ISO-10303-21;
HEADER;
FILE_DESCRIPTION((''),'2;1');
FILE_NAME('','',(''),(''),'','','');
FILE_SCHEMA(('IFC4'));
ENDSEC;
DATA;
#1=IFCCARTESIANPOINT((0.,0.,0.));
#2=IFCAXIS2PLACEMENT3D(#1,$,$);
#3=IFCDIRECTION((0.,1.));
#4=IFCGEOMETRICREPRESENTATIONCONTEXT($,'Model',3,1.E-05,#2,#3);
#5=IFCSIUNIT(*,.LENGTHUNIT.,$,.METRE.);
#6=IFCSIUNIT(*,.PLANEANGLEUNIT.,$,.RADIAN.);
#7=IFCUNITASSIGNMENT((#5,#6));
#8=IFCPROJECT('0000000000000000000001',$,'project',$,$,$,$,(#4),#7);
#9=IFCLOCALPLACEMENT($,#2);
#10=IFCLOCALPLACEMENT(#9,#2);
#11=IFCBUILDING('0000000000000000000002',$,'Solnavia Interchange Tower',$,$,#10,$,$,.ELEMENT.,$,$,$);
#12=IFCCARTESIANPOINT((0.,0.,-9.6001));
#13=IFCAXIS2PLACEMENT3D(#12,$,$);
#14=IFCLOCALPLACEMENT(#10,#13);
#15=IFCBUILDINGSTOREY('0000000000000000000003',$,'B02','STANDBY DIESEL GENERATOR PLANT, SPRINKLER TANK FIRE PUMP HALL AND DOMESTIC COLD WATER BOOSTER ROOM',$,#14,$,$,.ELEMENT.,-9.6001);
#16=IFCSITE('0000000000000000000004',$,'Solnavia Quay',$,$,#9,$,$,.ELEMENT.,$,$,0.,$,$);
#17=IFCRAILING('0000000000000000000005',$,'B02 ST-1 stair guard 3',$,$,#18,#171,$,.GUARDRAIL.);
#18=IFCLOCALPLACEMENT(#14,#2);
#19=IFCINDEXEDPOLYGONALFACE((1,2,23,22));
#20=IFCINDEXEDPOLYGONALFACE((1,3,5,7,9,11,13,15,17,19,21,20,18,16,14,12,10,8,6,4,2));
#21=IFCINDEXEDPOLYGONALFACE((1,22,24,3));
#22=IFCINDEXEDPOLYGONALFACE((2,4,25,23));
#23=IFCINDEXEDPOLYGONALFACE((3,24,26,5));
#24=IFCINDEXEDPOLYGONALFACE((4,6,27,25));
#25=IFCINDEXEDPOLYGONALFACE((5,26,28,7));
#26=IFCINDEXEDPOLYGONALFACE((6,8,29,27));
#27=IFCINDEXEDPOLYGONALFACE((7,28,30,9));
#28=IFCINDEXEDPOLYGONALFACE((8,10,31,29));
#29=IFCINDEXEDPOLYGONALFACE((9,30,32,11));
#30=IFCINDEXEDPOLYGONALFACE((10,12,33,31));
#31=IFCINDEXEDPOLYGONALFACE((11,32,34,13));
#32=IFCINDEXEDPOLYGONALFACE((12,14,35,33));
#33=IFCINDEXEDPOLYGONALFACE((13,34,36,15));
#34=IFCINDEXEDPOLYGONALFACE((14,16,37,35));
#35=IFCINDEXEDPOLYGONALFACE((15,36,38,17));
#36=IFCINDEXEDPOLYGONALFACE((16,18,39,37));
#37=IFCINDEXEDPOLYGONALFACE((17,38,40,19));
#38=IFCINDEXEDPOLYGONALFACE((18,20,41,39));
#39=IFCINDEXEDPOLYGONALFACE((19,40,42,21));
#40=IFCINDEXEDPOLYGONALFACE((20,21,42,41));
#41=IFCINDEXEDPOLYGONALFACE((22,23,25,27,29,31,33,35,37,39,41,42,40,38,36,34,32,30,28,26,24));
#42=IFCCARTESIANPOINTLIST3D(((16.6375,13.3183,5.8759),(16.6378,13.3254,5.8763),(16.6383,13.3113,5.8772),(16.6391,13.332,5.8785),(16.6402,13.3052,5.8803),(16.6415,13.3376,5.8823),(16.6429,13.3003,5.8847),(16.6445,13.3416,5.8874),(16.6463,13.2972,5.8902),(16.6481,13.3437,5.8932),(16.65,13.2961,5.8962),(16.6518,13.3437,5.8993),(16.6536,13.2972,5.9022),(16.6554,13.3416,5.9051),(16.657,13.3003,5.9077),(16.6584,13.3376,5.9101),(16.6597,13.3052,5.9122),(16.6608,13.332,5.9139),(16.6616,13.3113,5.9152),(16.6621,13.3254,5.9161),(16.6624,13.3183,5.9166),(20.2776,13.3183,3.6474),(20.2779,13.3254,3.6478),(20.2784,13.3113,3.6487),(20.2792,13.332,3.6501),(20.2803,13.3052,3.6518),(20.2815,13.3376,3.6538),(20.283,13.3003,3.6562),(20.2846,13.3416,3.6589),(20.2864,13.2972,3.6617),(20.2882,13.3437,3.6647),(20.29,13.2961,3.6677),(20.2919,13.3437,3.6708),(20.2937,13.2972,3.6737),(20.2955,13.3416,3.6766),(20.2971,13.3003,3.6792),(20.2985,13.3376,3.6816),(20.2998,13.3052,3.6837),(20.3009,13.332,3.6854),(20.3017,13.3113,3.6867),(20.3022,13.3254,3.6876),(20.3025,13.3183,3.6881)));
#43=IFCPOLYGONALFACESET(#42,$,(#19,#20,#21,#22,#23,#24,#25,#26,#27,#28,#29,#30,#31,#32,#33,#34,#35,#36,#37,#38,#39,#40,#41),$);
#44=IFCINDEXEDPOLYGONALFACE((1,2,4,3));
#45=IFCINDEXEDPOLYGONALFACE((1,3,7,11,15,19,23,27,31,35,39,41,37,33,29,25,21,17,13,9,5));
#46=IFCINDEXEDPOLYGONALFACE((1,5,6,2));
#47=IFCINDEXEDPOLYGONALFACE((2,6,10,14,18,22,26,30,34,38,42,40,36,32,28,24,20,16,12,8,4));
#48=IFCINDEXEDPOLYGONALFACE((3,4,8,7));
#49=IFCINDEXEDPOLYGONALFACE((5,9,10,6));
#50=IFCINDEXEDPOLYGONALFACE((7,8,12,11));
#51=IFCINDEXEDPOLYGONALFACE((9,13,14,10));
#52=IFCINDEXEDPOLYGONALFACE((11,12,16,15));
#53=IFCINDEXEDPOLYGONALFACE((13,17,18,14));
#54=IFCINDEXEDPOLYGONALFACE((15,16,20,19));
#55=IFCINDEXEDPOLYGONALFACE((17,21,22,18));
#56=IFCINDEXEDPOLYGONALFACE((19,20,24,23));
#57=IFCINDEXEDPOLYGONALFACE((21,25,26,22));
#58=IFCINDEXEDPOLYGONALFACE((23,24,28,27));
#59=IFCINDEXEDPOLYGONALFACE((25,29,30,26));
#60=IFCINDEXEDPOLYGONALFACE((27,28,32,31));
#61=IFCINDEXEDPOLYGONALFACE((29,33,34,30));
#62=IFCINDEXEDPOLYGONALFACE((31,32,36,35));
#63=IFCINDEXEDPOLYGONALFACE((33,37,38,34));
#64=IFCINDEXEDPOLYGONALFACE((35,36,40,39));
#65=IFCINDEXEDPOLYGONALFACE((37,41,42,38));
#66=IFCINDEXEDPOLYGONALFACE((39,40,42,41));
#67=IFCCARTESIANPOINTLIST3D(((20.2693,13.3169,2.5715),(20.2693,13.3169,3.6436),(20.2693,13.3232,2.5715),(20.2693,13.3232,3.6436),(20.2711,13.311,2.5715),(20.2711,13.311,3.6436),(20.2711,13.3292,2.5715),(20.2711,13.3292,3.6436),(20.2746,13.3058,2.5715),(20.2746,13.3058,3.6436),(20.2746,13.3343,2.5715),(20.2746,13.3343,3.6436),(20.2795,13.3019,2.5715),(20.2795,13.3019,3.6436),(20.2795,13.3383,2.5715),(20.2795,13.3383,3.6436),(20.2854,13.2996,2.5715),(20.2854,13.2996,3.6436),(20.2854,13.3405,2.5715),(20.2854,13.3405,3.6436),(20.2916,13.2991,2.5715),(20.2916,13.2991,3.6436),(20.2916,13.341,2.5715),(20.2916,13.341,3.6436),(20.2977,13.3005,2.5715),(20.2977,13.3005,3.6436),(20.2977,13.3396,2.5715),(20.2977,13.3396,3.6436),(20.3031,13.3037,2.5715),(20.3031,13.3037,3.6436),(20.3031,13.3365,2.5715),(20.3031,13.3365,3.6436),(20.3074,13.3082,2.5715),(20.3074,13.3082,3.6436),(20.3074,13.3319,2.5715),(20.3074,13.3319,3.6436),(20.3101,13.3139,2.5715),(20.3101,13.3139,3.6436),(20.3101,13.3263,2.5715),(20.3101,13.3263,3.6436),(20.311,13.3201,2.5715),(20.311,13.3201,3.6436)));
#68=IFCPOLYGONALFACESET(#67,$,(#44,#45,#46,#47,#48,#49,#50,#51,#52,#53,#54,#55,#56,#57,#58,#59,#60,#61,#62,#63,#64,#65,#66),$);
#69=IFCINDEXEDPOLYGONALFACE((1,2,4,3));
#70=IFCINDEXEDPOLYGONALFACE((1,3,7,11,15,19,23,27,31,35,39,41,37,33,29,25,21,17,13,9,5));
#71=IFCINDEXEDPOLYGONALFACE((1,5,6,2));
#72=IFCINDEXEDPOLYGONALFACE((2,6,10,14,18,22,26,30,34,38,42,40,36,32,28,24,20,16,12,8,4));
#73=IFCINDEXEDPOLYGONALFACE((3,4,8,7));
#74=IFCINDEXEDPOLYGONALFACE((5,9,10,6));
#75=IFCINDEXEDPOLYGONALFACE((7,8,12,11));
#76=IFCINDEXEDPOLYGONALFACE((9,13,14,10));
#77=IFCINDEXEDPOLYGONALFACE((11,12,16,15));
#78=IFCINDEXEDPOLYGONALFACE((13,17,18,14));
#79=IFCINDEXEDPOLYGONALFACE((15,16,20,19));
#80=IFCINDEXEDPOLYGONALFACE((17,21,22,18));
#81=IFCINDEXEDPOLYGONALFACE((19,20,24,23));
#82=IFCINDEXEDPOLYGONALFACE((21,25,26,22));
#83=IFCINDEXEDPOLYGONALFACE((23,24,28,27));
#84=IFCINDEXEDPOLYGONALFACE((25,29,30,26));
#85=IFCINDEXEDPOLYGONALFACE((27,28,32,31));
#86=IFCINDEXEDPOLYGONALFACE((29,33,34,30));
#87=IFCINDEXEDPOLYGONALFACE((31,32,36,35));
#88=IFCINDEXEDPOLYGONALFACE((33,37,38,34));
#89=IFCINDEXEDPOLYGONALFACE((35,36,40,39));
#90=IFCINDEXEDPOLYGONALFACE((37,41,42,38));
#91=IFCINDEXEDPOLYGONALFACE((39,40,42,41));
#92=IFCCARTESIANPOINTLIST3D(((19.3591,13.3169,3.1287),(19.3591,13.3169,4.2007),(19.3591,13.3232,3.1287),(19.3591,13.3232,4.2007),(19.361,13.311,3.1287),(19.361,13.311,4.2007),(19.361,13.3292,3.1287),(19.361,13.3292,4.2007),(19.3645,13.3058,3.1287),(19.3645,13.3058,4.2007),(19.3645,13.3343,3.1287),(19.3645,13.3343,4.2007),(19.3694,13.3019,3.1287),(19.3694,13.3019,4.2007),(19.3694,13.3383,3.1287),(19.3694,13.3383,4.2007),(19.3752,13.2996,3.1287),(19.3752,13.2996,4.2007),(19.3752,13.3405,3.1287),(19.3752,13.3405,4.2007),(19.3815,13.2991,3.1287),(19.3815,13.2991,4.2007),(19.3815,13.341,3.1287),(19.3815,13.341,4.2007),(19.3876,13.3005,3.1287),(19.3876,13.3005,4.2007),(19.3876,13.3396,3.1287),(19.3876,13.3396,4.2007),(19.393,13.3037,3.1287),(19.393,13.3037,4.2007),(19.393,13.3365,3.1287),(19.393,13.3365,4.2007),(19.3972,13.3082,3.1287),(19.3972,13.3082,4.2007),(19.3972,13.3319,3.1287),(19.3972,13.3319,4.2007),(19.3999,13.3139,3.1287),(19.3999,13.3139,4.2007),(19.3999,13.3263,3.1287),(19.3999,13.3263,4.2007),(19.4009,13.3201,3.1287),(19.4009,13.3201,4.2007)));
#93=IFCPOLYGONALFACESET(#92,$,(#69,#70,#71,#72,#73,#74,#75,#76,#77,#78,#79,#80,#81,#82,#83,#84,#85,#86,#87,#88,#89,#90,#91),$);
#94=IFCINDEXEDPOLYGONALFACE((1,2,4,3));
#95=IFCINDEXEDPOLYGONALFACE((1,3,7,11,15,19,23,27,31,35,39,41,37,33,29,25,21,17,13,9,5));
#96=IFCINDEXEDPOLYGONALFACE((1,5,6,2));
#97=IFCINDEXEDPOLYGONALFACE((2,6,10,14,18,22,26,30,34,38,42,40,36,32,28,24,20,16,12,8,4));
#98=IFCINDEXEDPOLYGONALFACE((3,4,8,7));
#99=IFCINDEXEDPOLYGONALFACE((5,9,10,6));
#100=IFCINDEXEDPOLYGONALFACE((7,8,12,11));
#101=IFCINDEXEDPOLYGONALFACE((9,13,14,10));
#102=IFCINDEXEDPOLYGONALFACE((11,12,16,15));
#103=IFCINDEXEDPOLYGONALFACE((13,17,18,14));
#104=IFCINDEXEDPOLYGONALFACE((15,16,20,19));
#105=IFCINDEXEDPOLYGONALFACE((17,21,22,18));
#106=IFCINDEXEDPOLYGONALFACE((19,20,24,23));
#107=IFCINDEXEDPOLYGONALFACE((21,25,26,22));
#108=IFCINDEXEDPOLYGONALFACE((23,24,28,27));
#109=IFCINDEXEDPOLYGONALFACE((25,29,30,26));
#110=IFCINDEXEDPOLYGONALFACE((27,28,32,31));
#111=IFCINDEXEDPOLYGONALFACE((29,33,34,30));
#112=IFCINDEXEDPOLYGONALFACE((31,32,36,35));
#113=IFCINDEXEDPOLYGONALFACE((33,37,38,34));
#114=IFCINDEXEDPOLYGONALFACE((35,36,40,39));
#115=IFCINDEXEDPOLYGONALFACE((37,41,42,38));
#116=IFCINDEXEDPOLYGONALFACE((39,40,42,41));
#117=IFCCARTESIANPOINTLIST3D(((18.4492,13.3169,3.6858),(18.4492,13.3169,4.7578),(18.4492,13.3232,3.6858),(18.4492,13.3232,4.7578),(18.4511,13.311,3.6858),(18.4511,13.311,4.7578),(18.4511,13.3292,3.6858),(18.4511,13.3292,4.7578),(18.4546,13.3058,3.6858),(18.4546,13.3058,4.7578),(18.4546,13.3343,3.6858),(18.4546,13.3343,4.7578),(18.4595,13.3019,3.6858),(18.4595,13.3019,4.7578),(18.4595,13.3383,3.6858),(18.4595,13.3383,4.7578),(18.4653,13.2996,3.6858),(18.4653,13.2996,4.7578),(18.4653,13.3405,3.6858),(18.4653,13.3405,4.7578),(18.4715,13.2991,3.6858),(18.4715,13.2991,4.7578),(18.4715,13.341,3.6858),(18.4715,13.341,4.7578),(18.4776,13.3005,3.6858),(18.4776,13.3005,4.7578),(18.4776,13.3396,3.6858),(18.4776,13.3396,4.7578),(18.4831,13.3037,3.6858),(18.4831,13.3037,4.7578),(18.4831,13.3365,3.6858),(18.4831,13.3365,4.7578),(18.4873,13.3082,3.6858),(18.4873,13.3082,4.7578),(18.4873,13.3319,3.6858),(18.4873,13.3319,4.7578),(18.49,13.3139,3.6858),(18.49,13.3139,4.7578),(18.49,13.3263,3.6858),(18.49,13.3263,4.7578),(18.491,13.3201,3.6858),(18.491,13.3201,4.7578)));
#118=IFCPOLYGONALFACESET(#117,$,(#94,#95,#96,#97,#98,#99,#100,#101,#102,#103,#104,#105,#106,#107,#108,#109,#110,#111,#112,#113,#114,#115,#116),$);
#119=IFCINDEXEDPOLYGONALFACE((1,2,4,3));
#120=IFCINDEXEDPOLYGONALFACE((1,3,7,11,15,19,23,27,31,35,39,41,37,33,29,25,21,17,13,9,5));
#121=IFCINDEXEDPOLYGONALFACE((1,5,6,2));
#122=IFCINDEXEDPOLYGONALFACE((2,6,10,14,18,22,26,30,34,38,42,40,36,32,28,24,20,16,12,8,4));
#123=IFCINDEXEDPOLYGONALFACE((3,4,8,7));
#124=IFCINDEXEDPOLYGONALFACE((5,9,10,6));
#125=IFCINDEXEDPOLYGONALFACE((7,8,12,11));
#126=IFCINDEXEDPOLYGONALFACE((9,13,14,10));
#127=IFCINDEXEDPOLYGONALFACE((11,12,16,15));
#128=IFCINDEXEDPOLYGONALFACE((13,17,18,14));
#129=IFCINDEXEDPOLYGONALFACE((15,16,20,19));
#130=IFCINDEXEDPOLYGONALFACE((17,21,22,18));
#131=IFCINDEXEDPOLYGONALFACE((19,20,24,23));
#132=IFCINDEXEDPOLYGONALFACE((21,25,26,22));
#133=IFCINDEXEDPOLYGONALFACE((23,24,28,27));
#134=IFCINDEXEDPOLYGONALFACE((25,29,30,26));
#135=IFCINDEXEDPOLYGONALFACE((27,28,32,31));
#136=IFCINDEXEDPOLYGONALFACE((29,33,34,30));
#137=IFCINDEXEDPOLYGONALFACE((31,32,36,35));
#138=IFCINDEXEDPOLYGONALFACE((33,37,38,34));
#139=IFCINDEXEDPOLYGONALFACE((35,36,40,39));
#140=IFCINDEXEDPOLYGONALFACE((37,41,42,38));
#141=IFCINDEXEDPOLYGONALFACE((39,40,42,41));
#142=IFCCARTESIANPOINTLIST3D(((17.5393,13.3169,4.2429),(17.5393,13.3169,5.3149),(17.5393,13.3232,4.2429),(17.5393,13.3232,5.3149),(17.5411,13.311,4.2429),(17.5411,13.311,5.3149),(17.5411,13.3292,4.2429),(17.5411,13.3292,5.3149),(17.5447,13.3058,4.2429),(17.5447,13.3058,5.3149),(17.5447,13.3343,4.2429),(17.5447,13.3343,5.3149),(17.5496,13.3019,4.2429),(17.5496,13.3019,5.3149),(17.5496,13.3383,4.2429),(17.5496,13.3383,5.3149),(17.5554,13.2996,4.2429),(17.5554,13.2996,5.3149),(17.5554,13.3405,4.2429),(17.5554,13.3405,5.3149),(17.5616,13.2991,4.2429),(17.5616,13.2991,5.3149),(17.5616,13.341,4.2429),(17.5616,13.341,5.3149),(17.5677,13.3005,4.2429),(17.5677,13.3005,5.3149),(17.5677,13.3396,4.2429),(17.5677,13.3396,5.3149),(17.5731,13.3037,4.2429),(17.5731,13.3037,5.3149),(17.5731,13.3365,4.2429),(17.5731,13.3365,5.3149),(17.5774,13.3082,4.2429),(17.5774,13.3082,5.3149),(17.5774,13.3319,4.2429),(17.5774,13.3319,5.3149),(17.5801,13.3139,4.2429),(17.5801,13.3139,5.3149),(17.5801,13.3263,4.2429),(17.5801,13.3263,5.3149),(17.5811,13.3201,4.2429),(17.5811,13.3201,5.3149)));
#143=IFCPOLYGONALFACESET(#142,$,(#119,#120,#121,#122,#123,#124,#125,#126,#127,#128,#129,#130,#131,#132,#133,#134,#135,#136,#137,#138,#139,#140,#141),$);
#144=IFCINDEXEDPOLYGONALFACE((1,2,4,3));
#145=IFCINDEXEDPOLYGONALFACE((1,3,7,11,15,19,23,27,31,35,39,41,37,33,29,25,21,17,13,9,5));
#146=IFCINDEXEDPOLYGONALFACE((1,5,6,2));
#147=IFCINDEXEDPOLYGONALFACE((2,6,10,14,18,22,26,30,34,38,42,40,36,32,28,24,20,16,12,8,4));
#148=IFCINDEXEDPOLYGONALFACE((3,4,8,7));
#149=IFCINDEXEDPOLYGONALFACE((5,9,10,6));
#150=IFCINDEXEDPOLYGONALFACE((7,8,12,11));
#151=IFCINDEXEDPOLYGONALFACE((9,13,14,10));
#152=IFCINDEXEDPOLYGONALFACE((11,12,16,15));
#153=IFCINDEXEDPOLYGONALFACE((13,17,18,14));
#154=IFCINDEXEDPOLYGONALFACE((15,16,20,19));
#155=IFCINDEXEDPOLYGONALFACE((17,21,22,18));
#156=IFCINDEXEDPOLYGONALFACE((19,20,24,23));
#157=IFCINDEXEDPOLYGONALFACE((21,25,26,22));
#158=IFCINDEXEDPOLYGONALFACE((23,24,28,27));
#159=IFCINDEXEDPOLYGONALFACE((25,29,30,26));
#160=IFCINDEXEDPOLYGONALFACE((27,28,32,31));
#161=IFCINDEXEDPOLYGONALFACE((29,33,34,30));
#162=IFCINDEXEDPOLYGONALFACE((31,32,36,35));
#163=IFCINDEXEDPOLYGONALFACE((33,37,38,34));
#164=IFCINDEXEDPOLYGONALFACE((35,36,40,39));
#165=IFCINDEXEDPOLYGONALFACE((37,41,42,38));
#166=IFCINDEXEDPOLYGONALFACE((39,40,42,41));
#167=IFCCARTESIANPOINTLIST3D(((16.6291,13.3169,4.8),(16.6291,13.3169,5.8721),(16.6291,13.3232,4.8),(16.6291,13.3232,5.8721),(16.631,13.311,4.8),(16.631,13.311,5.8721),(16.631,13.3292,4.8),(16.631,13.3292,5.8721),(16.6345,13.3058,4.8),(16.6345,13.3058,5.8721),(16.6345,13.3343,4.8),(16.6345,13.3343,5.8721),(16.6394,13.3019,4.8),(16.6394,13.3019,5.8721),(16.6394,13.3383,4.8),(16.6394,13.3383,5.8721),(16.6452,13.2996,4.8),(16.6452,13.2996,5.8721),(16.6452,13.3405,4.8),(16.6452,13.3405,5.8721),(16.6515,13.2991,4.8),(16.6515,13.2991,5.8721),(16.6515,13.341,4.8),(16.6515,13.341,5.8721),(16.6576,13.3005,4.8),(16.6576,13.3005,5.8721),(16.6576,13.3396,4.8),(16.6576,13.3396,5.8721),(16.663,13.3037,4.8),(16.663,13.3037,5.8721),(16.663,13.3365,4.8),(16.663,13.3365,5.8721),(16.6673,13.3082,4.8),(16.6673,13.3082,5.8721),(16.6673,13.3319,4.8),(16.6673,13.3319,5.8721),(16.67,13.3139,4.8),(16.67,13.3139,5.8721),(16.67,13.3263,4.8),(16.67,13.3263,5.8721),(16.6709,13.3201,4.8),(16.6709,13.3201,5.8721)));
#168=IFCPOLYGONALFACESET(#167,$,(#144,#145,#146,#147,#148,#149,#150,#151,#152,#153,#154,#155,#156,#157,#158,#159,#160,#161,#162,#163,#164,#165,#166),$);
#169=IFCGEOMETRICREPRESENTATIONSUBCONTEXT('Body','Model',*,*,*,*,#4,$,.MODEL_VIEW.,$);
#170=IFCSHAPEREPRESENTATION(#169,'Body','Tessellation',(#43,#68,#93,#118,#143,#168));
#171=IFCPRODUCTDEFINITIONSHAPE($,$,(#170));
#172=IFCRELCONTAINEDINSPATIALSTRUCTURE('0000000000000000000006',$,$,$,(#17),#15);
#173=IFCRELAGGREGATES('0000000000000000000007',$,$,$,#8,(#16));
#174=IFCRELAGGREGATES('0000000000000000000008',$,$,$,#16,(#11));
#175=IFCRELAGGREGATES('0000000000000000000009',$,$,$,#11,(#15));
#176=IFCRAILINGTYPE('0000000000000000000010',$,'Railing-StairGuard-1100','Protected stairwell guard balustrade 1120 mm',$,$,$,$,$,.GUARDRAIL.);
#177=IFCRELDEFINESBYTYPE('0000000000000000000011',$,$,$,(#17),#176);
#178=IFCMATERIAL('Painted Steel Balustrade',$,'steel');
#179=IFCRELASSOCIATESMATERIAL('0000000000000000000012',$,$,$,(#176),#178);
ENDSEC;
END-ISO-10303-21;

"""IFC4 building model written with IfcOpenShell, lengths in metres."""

from ifc_helpers import new_model, si_unit, direction, frame, origin, origin_2d, place, context, subcontext, project, spatial, circle, extrude, material, type_object, element, save


model = new_model("IFC4")

# Units and contexts
model_context = context("Model", 3, precision=1e-05, world=origin(), true_north=direction((0.0, 1.0)))
body_context = subcontext(model_context, "Body", "Model", "MODEL_VIEW")
ifc_project = project(units=[si_unit("LENGTHUNIT", "METRE"), si_unit("PLANEANGLEUNIT", "RADIAN")], contexts=[model_context])

# Site, building, storey
site_placement = place(None, origin())
site = spatial("IfcSite", under=ifc_project, at=site_placement, Name="Solnavia Quay", CompositionType="ELEMENT", RefElevation=0.0)
building_placement = place(site_placement, origin())
building = spatial("IfcBuilding", under=site, at=building_placement, Name="Solnavia Interchange Tower", CompositionType="ELEMENT")
storey_placement = place(building_placement, frame((0.0, 0.0, -9.6001)))
storey = spatial("IfcBuildingStorey", under=building, at=storey_placement, Name="B02", Description="STANDBY DIESEL GENERATOR PLANT, SPRINKLER TANK FIRE PUMP HALL AND DOMESTIC COLD WATER BOOSTER ROOM", CompositionType="ELEMENT", Elevation=-9.6001)

# Railing
ifc_material_1 = material(Name="Painted Steel Balustrade", Category="steel")
railing_type_1 = type_object("IfcRailingType", Name="Railing-StairGuard-1100", Description="Protected stairwell guard balustrade 1120 mm", PredefinedType="GUARDRAIL", material=ifc_material_1)
railing_1_placement = place(storey_placement, frame((20.29, 13.3201, 2.5715)))
element("IfcRailing", 1, at=railing_1_placement, inside=storey, type_object=railing_type_1, Name="B02 ST-1 stair guard 3", PredefinedType="GUARDRAIL", context=body_context, shape_type="SweptSolid", body=[
    extrude(circle(Radius=0.0239, at=origin_2d()), frame((0.0, 0.0, 1.0962), z_axis=(-0.852866, 0.0, 0.52213), x_axis=(0.0, -1.0, 0.0)), (0.0, 0.0, 1.0), 4.2681),
    extrude(circle(Radius=0.021, at=origin_2d()), origin(), (0.0, 0.0, 1.0), 1.072),
    extrude(circle(Radius=0.021, at=origin_2d()), frame((-0.9102, 0.0, 0.5571)), (0.0, 0.0, 1.0), 1.072),
    extrude(circle(Radius=0.021, at=origin_2d()), frame((-1.8201, 0.0, 1.1143)), (0.0, 0.0, 1.0), 1.072),
    extrude(circle(Radius=0.021, at=origin_2d()), frame((-2.73, 0.0, 1.6714)), (0.0, 0.0, 1.0), 1.072),
    extrude(circle(Radius=0.021, at=origin_2d()), frame((-3.6401, 0.0, 2.2285)), (0.0, 0.0, 1.0), 1.072),
])

save(model, "model.ifc")
